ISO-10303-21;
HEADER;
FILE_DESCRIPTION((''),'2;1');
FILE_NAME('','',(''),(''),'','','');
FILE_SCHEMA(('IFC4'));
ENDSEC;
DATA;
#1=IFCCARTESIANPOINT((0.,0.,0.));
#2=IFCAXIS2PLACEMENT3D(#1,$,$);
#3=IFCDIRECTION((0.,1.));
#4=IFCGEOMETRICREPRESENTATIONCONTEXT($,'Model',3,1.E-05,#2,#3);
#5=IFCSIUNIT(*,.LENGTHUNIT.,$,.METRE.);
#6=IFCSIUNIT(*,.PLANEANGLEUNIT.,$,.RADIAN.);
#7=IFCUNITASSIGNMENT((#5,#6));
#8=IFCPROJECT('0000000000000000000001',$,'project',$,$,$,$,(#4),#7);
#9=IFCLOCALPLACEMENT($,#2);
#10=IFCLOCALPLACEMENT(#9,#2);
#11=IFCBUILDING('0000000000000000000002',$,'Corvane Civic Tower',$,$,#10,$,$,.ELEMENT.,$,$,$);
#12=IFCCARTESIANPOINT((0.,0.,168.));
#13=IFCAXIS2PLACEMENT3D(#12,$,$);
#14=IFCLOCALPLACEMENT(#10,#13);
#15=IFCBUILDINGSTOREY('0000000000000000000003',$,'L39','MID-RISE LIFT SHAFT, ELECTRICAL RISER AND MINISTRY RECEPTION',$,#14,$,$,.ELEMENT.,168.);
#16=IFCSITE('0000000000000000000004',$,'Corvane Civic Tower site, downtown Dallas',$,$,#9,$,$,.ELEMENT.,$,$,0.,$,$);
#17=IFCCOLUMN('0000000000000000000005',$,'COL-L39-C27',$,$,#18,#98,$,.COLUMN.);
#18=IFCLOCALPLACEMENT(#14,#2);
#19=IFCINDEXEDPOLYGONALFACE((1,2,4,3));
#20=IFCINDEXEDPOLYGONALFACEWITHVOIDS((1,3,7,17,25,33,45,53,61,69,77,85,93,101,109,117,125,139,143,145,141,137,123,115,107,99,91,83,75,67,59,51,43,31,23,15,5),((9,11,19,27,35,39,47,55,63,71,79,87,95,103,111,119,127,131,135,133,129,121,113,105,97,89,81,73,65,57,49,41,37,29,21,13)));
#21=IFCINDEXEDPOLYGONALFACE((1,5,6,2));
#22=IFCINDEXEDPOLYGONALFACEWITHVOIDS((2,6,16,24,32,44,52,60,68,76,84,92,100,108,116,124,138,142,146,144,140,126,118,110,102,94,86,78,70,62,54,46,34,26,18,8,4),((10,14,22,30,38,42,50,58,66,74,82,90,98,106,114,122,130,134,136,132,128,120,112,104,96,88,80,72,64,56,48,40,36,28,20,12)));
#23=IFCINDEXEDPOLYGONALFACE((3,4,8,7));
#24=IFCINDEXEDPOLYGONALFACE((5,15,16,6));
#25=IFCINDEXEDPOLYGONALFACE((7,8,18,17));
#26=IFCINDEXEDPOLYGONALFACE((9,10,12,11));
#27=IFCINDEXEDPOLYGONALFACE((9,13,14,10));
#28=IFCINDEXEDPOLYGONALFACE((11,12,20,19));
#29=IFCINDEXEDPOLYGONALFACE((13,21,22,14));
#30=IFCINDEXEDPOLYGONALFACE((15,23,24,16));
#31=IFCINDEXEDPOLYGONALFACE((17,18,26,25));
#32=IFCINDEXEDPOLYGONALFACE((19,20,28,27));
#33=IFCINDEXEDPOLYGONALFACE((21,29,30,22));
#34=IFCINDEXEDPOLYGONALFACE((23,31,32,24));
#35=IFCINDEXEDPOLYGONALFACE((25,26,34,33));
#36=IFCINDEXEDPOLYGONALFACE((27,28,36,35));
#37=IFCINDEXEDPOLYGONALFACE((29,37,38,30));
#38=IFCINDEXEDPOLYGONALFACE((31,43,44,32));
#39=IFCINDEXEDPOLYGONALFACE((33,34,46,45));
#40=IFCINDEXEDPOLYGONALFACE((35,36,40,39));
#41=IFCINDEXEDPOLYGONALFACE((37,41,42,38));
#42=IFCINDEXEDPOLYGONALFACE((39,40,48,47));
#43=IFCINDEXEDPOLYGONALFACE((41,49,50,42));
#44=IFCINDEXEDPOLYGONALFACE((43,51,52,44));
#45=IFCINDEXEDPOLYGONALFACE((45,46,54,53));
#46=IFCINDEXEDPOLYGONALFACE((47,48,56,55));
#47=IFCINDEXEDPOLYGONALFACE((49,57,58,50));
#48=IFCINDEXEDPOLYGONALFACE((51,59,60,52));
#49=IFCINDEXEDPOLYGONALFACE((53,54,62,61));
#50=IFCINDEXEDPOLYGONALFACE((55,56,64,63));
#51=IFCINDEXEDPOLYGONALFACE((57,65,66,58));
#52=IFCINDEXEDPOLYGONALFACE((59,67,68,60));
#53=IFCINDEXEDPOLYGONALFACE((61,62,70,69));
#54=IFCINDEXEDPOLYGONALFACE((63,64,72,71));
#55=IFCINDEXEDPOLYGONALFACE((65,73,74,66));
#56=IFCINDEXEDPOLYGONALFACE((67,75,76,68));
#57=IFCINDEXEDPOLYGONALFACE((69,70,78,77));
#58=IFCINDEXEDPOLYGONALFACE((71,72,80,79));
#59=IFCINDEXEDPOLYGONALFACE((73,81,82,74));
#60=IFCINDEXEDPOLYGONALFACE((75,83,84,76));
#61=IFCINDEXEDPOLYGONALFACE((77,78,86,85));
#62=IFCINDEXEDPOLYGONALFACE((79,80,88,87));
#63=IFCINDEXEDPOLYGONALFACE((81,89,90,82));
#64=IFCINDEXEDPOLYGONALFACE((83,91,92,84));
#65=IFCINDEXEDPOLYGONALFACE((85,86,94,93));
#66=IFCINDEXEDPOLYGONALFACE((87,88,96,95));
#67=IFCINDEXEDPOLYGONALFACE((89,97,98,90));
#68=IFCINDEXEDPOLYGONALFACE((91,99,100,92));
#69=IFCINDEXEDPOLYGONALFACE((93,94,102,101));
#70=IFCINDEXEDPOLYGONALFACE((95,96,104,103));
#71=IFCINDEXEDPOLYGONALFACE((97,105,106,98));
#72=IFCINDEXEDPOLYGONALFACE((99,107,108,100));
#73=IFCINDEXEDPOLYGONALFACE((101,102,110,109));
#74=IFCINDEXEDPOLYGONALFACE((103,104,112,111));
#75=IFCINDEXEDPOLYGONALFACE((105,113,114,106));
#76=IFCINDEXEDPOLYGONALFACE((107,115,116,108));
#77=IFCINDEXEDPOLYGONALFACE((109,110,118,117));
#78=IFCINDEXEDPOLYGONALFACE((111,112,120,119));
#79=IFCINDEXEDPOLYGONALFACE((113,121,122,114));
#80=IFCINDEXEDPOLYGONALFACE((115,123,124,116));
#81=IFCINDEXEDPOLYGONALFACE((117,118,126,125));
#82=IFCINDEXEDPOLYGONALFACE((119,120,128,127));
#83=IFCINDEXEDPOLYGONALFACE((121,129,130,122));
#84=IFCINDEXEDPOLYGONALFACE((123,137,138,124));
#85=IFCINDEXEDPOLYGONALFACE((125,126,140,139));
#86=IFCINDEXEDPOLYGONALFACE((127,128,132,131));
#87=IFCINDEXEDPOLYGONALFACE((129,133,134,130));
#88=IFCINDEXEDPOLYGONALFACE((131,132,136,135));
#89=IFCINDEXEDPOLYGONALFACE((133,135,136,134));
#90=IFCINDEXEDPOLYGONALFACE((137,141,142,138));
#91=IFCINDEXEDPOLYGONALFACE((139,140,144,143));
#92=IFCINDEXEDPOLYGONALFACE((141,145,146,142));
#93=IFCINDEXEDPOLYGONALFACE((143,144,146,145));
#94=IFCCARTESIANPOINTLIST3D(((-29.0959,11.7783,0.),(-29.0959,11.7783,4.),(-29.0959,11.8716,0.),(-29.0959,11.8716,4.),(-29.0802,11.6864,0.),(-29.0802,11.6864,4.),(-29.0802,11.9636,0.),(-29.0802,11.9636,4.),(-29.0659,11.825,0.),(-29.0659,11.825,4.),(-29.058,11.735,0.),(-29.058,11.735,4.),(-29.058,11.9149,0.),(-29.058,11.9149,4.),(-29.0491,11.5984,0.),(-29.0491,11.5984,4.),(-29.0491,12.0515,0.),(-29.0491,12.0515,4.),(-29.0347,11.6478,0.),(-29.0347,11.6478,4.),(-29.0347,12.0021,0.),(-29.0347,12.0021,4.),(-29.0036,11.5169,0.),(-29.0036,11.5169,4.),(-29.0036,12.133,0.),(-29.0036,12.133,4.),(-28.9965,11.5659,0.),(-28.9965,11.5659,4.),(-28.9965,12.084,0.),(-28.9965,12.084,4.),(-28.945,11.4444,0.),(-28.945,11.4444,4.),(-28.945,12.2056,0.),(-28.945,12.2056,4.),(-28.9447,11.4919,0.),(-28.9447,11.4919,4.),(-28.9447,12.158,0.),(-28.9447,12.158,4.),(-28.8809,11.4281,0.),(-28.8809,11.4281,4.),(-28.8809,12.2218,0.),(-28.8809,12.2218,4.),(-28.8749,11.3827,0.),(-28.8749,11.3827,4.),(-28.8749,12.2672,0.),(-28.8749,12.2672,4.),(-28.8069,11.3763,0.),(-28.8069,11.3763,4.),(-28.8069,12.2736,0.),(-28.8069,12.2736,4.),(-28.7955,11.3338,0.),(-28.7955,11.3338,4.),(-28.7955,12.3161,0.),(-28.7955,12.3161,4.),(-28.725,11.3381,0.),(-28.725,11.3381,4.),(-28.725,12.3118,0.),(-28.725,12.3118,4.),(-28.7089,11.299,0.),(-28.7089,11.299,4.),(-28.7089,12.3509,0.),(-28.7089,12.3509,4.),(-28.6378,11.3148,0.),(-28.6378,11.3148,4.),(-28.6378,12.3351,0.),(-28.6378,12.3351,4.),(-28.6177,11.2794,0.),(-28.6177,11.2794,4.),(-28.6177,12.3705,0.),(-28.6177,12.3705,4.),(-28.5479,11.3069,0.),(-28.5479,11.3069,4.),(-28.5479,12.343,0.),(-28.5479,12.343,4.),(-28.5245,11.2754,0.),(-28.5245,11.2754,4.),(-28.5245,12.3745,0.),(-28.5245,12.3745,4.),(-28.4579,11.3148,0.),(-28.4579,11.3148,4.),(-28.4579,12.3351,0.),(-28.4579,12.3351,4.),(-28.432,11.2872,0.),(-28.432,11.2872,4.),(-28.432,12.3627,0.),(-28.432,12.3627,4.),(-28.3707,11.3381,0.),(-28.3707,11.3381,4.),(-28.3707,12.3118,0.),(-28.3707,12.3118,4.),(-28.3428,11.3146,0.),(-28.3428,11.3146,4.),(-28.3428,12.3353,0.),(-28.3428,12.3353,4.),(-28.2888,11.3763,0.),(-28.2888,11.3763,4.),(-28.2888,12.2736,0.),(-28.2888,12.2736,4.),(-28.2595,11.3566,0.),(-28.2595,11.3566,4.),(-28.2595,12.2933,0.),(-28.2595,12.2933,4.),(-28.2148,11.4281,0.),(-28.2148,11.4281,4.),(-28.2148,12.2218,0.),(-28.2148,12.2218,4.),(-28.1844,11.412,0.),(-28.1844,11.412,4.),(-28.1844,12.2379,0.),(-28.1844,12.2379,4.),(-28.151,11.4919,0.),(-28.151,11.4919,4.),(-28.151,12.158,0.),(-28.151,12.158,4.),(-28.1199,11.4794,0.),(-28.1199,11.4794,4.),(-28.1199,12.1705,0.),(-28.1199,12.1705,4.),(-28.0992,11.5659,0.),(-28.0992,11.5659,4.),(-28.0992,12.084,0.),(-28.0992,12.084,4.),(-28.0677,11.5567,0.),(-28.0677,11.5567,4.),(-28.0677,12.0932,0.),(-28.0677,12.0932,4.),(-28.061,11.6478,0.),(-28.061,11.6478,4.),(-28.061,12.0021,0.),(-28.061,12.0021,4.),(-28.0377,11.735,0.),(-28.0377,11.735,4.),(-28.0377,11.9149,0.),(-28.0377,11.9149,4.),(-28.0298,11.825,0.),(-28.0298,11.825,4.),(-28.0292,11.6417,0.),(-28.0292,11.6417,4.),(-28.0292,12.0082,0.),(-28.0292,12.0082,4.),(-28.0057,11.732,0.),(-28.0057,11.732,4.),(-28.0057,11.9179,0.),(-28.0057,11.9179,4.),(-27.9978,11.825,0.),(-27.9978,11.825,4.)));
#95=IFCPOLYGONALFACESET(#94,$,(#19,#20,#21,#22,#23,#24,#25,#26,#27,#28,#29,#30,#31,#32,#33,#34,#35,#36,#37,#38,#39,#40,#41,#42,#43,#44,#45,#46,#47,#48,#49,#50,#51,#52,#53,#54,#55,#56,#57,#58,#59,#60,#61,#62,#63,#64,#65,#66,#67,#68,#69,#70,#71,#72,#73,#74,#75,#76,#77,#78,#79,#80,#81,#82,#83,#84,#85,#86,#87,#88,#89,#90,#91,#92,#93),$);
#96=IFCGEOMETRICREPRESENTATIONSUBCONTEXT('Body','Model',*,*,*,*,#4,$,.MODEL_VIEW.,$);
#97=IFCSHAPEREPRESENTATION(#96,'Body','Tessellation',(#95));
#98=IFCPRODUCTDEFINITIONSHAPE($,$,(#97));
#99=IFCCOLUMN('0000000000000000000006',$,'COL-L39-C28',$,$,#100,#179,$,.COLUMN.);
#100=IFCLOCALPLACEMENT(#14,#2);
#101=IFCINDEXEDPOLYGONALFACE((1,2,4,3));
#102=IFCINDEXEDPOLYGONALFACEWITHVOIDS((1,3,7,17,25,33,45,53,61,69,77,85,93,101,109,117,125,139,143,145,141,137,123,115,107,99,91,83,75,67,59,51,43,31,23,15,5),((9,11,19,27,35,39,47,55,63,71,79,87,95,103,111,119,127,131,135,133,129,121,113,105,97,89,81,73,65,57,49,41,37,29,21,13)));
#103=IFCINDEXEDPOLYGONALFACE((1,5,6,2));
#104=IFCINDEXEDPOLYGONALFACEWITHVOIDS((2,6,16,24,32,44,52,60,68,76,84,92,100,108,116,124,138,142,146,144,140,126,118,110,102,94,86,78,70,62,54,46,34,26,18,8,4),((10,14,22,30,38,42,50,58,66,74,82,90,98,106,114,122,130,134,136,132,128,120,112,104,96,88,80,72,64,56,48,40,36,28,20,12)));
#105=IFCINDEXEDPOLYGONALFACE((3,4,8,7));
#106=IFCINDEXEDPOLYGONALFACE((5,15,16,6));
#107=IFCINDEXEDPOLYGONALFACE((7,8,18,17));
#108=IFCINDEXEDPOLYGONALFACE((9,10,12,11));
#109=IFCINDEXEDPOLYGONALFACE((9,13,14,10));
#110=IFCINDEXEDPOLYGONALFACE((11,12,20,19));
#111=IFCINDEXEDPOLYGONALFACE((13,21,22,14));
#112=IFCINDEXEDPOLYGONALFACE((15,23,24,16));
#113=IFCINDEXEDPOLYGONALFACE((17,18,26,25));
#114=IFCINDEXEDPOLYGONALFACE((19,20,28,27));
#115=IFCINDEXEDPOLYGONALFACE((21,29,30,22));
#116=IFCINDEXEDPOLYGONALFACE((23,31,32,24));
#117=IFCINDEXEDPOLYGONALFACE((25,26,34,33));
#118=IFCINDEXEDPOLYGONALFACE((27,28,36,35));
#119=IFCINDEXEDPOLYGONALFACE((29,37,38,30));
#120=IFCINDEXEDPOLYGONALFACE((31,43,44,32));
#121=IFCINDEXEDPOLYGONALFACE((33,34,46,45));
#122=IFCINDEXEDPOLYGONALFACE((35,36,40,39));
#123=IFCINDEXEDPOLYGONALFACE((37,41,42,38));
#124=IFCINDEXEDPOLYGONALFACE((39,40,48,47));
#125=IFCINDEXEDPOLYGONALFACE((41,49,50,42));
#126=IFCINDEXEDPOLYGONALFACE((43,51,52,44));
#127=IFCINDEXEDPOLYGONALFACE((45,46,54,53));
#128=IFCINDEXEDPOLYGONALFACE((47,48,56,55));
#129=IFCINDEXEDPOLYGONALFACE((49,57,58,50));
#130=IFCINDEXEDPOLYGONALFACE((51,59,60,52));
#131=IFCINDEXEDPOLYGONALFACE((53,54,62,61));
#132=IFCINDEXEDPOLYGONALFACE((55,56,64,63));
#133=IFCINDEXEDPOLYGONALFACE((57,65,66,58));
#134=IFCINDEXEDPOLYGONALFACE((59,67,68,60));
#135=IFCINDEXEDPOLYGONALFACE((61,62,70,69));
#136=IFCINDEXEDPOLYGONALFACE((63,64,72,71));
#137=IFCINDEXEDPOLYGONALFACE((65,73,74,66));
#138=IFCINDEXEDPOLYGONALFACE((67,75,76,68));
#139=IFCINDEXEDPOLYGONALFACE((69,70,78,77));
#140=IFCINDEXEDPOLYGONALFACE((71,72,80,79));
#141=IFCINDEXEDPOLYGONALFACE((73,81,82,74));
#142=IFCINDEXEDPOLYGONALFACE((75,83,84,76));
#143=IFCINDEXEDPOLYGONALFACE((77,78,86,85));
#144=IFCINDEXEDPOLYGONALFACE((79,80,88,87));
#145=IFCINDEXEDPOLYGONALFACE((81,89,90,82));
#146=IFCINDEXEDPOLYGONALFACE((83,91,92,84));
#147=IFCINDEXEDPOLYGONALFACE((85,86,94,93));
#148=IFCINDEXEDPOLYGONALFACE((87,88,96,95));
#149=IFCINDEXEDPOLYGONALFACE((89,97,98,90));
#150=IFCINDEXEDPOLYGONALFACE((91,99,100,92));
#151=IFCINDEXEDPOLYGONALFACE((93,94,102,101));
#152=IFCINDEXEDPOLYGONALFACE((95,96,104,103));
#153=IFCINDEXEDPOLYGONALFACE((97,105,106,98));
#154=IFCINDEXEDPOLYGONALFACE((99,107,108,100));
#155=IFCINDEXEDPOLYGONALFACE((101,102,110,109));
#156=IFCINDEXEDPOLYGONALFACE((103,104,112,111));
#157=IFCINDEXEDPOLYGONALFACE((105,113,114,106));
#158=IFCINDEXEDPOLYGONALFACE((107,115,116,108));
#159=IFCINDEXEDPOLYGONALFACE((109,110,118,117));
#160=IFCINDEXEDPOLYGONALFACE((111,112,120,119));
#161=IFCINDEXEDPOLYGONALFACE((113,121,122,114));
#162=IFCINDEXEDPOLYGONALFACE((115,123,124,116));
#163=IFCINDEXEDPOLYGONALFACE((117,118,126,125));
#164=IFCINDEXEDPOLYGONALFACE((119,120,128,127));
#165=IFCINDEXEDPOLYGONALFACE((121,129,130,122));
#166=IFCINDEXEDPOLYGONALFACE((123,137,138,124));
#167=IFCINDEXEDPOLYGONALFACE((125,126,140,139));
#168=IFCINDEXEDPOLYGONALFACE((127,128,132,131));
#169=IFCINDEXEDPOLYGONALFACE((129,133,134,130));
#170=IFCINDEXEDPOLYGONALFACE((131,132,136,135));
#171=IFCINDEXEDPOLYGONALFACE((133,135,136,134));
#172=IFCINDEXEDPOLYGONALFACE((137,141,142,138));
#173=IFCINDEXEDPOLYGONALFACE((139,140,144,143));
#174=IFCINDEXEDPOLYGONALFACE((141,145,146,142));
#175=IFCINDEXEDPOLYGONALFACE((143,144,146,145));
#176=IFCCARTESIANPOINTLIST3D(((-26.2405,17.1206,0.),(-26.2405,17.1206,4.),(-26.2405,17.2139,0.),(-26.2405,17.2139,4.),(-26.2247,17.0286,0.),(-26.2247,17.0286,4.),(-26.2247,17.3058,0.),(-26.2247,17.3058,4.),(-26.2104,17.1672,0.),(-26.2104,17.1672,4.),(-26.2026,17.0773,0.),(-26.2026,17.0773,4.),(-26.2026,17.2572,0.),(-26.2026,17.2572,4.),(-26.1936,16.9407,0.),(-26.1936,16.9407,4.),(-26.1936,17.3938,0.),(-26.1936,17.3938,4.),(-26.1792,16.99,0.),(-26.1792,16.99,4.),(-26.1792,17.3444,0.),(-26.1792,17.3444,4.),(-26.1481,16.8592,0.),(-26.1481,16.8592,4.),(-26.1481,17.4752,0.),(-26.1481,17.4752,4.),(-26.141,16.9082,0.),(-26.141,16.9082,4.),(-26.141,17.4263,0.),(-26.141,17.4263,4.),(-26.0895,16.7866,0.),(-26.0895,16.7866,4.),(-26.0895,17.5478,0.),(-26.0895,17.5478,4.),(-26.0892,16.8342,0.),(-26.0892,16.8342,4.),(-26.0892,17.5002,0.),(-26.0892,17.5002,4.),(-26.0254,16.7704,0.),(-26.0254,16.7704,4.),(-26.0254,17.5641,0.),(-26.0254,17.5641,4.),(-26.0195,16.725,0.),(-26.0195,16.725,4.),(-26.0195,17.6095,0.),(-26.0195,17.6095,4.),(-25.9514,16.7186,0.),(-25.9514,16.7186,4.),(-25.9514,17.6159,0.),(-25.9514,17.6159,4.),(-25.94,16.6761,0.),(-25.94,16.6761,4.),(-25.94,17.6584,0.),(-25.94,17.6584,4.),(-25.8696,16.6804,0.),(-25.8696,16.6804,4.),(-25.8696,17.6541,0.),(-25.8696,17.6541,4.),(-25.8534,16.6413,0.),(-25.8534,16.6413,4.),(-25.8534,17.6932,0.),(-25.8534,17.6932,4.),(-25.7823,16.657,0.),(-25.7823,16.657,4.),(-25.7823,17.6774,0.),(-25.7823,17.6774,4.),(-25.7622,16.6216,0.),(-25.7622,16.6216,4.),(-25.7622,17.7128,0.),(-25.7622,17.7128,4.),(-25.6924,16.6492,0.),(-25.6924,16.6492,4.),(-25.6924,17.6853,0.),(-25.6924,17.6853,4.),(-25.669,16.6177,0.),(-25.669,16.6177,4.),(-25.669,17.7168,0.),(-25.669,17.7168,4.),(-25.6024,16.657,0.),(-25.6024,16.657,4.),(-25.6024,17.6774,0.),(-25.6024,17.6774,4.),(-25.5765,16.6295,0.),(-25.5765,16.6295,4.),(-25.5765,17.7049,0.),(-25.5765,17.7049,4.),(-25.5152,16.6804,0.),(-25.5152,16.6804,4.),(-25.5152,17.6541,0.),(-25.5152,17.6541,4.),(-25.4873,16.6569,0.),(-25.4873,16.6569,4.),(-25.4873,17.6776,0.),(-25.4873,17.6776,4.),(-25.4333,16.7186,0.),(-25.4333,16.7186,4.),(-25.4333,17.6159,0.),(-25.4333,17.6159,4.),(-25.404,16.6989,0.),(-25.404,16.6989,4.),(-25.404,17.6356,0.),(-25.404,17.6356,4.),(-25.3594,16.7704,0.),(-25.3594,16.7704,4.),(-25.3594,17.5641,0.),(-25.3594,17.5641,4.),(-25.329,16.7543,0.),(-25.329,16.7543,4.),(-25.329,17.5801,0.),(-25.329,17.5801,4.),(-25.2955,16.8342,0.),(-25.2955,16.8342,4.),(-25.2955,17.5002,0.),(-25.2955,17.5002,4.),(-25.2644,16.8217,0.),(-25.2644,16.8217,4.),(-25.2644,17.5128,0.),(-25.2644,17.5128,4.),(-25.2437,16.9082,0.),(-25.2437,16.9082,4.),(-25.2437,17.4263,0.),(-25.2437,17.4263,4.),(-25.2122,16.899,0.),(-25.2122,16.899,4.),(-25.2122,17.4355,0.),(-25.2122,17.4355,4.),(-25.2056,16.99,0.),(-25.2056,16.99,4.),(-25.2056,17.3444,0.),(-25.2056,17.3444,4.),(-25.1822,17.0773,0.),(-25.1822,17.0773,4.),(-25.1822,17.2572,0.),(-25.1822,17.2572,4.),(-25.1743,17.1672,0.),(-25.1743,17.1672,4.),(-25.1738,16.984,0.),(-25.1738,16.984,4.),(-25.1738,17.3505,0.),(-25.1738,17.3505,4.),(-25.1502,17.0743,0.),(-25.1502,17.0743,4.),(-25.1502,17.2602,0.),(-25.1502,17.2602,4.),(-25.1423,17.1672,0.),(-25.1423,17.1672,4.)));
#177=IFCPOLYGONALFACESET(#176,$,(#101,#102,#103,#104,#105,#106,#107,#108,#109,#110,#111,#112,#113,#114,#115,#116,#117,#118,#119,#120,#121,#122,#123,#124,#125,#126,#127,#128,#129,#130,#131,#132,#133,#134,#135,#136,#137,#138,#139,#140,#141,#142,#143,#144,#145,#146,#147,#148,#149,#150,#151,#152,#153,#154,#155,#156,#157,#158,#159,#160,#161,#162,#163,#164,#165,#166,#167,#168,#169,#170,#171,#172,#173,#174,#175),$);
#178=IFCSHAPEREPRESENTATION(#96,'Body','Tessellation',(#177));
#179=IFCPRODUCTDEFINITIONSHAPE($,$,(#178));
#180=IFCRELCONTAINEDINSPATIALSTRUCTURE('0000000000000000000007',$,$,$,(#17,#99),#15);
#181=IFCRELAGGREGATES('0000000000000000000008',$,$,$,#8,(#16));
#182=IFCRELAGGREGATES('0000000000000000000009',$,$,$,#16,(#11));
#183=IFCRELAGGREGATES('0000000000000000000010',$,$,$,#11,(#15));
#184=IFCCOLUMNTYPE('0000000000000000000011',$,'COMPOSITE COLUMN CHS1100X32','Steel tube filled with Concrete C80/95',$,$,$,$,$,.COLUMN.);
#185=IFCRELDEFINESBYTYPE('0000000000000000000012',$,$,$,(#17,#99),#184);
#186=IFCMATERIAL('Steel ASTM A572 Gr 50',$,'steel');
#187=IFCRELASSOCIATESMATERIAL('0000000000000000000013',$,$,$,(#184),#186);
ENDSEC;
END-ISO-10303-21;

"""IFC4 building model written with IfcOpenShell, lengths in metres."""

from ifc_helpers import new_model, si_unit, direction, frame, origin, origin_2d, place, context, subcontext, project, spatial, hollow_circle, extrude, material, material_profile, profile_set, type_object, element, save


model = new_model("IFC4")

# Units and contexts
model_context = context("Model", 3, precision=1e-05, world=origin(), true_north=direction((0.0, 1.0)))
body_context = subcontext(model_context, "Body", "Model", "MODEL_VIEW")
ifc_project = project(units=[si_unit("LENGTHUNIT", "METRE"), si_unit("PLANEANGLEUNIT", "RADIAN")], contexts=[model_context])

# Site, building, storey
site_placement = place(None, origin())
site = spatial("IfcSite", under=ifc_project, at=site_placement, Name="Corvane Civic Tower site, downtown Dallas", CompositionType="ELEMENT", RefElevation=0.0)
building_placement = place(site_placement, origin())
building = spatial("IfcBuilding", under=site, at=building_placement, Name="Corvane Civic Tower", CompositionType="ELEMENT")
storey_placement = place(building_placement, frame((0.0, 0.0, 168.0)))
storey = spatial("IfcBuildingStorey", under=building, at=storey_placement, Name="L39", Description="MID-RISE LIFT SHAFT, ELECTRICAL RISER AND MINISTRY RECEPTION", CompositionType="ELEMENT", Elevation=168.0)

# Columns
ifc_material_1 = material(Name="Steel ASTM A572 Gr 50", Category="steel")
ifc_material_profile_1 = material_profile(ifc_material_1, hollow_circle(Radius=0.55, WallThickness=0.032, at=origin_2d()), Name="CHS1100X32")
ifc_profile_set_1 = profile_set([ifc_material_profile_1], Name="Steel ASTM A572 Gr 50")
column_type = type_object("IfcColumnType", Name="COMPOSITE COLUMN CHS1100X32", Description="Steel tube filled with Concrete C80/95", PredefinedType="COLUMN", material=ifc_profile_set_1)
for number, where, z_axis, x_axis, name in (
    (1, (-28.5479, 11.825, 0.0), (0.0, 0.0, 1.0), (1.0, 0.0, 0.0), "COL-L39-C27"),
    (2, (-25.6924, 17.1672, 0.0), (0.0, 0.0, 1.0), (1.0, 0.0, 0.0), "COL-L39-C28"),
):
    element("IfcColumn", number, at=place(storey_placement, frame(where, z_axis=z_axis, x_axis=x_axis)), inside=storey, type_object=column_type, Name=name, PredefinedType="COLUMN", context=body_context, shape_type="SweptSolid", body=[
        extrude(hollow_circle(Radius=0.55, WallThickness=0.032, at=origin_2d()), origin(), (0.0, 0.0, 1.0), 4.0),
    ])

save(model, "model.ifc")
